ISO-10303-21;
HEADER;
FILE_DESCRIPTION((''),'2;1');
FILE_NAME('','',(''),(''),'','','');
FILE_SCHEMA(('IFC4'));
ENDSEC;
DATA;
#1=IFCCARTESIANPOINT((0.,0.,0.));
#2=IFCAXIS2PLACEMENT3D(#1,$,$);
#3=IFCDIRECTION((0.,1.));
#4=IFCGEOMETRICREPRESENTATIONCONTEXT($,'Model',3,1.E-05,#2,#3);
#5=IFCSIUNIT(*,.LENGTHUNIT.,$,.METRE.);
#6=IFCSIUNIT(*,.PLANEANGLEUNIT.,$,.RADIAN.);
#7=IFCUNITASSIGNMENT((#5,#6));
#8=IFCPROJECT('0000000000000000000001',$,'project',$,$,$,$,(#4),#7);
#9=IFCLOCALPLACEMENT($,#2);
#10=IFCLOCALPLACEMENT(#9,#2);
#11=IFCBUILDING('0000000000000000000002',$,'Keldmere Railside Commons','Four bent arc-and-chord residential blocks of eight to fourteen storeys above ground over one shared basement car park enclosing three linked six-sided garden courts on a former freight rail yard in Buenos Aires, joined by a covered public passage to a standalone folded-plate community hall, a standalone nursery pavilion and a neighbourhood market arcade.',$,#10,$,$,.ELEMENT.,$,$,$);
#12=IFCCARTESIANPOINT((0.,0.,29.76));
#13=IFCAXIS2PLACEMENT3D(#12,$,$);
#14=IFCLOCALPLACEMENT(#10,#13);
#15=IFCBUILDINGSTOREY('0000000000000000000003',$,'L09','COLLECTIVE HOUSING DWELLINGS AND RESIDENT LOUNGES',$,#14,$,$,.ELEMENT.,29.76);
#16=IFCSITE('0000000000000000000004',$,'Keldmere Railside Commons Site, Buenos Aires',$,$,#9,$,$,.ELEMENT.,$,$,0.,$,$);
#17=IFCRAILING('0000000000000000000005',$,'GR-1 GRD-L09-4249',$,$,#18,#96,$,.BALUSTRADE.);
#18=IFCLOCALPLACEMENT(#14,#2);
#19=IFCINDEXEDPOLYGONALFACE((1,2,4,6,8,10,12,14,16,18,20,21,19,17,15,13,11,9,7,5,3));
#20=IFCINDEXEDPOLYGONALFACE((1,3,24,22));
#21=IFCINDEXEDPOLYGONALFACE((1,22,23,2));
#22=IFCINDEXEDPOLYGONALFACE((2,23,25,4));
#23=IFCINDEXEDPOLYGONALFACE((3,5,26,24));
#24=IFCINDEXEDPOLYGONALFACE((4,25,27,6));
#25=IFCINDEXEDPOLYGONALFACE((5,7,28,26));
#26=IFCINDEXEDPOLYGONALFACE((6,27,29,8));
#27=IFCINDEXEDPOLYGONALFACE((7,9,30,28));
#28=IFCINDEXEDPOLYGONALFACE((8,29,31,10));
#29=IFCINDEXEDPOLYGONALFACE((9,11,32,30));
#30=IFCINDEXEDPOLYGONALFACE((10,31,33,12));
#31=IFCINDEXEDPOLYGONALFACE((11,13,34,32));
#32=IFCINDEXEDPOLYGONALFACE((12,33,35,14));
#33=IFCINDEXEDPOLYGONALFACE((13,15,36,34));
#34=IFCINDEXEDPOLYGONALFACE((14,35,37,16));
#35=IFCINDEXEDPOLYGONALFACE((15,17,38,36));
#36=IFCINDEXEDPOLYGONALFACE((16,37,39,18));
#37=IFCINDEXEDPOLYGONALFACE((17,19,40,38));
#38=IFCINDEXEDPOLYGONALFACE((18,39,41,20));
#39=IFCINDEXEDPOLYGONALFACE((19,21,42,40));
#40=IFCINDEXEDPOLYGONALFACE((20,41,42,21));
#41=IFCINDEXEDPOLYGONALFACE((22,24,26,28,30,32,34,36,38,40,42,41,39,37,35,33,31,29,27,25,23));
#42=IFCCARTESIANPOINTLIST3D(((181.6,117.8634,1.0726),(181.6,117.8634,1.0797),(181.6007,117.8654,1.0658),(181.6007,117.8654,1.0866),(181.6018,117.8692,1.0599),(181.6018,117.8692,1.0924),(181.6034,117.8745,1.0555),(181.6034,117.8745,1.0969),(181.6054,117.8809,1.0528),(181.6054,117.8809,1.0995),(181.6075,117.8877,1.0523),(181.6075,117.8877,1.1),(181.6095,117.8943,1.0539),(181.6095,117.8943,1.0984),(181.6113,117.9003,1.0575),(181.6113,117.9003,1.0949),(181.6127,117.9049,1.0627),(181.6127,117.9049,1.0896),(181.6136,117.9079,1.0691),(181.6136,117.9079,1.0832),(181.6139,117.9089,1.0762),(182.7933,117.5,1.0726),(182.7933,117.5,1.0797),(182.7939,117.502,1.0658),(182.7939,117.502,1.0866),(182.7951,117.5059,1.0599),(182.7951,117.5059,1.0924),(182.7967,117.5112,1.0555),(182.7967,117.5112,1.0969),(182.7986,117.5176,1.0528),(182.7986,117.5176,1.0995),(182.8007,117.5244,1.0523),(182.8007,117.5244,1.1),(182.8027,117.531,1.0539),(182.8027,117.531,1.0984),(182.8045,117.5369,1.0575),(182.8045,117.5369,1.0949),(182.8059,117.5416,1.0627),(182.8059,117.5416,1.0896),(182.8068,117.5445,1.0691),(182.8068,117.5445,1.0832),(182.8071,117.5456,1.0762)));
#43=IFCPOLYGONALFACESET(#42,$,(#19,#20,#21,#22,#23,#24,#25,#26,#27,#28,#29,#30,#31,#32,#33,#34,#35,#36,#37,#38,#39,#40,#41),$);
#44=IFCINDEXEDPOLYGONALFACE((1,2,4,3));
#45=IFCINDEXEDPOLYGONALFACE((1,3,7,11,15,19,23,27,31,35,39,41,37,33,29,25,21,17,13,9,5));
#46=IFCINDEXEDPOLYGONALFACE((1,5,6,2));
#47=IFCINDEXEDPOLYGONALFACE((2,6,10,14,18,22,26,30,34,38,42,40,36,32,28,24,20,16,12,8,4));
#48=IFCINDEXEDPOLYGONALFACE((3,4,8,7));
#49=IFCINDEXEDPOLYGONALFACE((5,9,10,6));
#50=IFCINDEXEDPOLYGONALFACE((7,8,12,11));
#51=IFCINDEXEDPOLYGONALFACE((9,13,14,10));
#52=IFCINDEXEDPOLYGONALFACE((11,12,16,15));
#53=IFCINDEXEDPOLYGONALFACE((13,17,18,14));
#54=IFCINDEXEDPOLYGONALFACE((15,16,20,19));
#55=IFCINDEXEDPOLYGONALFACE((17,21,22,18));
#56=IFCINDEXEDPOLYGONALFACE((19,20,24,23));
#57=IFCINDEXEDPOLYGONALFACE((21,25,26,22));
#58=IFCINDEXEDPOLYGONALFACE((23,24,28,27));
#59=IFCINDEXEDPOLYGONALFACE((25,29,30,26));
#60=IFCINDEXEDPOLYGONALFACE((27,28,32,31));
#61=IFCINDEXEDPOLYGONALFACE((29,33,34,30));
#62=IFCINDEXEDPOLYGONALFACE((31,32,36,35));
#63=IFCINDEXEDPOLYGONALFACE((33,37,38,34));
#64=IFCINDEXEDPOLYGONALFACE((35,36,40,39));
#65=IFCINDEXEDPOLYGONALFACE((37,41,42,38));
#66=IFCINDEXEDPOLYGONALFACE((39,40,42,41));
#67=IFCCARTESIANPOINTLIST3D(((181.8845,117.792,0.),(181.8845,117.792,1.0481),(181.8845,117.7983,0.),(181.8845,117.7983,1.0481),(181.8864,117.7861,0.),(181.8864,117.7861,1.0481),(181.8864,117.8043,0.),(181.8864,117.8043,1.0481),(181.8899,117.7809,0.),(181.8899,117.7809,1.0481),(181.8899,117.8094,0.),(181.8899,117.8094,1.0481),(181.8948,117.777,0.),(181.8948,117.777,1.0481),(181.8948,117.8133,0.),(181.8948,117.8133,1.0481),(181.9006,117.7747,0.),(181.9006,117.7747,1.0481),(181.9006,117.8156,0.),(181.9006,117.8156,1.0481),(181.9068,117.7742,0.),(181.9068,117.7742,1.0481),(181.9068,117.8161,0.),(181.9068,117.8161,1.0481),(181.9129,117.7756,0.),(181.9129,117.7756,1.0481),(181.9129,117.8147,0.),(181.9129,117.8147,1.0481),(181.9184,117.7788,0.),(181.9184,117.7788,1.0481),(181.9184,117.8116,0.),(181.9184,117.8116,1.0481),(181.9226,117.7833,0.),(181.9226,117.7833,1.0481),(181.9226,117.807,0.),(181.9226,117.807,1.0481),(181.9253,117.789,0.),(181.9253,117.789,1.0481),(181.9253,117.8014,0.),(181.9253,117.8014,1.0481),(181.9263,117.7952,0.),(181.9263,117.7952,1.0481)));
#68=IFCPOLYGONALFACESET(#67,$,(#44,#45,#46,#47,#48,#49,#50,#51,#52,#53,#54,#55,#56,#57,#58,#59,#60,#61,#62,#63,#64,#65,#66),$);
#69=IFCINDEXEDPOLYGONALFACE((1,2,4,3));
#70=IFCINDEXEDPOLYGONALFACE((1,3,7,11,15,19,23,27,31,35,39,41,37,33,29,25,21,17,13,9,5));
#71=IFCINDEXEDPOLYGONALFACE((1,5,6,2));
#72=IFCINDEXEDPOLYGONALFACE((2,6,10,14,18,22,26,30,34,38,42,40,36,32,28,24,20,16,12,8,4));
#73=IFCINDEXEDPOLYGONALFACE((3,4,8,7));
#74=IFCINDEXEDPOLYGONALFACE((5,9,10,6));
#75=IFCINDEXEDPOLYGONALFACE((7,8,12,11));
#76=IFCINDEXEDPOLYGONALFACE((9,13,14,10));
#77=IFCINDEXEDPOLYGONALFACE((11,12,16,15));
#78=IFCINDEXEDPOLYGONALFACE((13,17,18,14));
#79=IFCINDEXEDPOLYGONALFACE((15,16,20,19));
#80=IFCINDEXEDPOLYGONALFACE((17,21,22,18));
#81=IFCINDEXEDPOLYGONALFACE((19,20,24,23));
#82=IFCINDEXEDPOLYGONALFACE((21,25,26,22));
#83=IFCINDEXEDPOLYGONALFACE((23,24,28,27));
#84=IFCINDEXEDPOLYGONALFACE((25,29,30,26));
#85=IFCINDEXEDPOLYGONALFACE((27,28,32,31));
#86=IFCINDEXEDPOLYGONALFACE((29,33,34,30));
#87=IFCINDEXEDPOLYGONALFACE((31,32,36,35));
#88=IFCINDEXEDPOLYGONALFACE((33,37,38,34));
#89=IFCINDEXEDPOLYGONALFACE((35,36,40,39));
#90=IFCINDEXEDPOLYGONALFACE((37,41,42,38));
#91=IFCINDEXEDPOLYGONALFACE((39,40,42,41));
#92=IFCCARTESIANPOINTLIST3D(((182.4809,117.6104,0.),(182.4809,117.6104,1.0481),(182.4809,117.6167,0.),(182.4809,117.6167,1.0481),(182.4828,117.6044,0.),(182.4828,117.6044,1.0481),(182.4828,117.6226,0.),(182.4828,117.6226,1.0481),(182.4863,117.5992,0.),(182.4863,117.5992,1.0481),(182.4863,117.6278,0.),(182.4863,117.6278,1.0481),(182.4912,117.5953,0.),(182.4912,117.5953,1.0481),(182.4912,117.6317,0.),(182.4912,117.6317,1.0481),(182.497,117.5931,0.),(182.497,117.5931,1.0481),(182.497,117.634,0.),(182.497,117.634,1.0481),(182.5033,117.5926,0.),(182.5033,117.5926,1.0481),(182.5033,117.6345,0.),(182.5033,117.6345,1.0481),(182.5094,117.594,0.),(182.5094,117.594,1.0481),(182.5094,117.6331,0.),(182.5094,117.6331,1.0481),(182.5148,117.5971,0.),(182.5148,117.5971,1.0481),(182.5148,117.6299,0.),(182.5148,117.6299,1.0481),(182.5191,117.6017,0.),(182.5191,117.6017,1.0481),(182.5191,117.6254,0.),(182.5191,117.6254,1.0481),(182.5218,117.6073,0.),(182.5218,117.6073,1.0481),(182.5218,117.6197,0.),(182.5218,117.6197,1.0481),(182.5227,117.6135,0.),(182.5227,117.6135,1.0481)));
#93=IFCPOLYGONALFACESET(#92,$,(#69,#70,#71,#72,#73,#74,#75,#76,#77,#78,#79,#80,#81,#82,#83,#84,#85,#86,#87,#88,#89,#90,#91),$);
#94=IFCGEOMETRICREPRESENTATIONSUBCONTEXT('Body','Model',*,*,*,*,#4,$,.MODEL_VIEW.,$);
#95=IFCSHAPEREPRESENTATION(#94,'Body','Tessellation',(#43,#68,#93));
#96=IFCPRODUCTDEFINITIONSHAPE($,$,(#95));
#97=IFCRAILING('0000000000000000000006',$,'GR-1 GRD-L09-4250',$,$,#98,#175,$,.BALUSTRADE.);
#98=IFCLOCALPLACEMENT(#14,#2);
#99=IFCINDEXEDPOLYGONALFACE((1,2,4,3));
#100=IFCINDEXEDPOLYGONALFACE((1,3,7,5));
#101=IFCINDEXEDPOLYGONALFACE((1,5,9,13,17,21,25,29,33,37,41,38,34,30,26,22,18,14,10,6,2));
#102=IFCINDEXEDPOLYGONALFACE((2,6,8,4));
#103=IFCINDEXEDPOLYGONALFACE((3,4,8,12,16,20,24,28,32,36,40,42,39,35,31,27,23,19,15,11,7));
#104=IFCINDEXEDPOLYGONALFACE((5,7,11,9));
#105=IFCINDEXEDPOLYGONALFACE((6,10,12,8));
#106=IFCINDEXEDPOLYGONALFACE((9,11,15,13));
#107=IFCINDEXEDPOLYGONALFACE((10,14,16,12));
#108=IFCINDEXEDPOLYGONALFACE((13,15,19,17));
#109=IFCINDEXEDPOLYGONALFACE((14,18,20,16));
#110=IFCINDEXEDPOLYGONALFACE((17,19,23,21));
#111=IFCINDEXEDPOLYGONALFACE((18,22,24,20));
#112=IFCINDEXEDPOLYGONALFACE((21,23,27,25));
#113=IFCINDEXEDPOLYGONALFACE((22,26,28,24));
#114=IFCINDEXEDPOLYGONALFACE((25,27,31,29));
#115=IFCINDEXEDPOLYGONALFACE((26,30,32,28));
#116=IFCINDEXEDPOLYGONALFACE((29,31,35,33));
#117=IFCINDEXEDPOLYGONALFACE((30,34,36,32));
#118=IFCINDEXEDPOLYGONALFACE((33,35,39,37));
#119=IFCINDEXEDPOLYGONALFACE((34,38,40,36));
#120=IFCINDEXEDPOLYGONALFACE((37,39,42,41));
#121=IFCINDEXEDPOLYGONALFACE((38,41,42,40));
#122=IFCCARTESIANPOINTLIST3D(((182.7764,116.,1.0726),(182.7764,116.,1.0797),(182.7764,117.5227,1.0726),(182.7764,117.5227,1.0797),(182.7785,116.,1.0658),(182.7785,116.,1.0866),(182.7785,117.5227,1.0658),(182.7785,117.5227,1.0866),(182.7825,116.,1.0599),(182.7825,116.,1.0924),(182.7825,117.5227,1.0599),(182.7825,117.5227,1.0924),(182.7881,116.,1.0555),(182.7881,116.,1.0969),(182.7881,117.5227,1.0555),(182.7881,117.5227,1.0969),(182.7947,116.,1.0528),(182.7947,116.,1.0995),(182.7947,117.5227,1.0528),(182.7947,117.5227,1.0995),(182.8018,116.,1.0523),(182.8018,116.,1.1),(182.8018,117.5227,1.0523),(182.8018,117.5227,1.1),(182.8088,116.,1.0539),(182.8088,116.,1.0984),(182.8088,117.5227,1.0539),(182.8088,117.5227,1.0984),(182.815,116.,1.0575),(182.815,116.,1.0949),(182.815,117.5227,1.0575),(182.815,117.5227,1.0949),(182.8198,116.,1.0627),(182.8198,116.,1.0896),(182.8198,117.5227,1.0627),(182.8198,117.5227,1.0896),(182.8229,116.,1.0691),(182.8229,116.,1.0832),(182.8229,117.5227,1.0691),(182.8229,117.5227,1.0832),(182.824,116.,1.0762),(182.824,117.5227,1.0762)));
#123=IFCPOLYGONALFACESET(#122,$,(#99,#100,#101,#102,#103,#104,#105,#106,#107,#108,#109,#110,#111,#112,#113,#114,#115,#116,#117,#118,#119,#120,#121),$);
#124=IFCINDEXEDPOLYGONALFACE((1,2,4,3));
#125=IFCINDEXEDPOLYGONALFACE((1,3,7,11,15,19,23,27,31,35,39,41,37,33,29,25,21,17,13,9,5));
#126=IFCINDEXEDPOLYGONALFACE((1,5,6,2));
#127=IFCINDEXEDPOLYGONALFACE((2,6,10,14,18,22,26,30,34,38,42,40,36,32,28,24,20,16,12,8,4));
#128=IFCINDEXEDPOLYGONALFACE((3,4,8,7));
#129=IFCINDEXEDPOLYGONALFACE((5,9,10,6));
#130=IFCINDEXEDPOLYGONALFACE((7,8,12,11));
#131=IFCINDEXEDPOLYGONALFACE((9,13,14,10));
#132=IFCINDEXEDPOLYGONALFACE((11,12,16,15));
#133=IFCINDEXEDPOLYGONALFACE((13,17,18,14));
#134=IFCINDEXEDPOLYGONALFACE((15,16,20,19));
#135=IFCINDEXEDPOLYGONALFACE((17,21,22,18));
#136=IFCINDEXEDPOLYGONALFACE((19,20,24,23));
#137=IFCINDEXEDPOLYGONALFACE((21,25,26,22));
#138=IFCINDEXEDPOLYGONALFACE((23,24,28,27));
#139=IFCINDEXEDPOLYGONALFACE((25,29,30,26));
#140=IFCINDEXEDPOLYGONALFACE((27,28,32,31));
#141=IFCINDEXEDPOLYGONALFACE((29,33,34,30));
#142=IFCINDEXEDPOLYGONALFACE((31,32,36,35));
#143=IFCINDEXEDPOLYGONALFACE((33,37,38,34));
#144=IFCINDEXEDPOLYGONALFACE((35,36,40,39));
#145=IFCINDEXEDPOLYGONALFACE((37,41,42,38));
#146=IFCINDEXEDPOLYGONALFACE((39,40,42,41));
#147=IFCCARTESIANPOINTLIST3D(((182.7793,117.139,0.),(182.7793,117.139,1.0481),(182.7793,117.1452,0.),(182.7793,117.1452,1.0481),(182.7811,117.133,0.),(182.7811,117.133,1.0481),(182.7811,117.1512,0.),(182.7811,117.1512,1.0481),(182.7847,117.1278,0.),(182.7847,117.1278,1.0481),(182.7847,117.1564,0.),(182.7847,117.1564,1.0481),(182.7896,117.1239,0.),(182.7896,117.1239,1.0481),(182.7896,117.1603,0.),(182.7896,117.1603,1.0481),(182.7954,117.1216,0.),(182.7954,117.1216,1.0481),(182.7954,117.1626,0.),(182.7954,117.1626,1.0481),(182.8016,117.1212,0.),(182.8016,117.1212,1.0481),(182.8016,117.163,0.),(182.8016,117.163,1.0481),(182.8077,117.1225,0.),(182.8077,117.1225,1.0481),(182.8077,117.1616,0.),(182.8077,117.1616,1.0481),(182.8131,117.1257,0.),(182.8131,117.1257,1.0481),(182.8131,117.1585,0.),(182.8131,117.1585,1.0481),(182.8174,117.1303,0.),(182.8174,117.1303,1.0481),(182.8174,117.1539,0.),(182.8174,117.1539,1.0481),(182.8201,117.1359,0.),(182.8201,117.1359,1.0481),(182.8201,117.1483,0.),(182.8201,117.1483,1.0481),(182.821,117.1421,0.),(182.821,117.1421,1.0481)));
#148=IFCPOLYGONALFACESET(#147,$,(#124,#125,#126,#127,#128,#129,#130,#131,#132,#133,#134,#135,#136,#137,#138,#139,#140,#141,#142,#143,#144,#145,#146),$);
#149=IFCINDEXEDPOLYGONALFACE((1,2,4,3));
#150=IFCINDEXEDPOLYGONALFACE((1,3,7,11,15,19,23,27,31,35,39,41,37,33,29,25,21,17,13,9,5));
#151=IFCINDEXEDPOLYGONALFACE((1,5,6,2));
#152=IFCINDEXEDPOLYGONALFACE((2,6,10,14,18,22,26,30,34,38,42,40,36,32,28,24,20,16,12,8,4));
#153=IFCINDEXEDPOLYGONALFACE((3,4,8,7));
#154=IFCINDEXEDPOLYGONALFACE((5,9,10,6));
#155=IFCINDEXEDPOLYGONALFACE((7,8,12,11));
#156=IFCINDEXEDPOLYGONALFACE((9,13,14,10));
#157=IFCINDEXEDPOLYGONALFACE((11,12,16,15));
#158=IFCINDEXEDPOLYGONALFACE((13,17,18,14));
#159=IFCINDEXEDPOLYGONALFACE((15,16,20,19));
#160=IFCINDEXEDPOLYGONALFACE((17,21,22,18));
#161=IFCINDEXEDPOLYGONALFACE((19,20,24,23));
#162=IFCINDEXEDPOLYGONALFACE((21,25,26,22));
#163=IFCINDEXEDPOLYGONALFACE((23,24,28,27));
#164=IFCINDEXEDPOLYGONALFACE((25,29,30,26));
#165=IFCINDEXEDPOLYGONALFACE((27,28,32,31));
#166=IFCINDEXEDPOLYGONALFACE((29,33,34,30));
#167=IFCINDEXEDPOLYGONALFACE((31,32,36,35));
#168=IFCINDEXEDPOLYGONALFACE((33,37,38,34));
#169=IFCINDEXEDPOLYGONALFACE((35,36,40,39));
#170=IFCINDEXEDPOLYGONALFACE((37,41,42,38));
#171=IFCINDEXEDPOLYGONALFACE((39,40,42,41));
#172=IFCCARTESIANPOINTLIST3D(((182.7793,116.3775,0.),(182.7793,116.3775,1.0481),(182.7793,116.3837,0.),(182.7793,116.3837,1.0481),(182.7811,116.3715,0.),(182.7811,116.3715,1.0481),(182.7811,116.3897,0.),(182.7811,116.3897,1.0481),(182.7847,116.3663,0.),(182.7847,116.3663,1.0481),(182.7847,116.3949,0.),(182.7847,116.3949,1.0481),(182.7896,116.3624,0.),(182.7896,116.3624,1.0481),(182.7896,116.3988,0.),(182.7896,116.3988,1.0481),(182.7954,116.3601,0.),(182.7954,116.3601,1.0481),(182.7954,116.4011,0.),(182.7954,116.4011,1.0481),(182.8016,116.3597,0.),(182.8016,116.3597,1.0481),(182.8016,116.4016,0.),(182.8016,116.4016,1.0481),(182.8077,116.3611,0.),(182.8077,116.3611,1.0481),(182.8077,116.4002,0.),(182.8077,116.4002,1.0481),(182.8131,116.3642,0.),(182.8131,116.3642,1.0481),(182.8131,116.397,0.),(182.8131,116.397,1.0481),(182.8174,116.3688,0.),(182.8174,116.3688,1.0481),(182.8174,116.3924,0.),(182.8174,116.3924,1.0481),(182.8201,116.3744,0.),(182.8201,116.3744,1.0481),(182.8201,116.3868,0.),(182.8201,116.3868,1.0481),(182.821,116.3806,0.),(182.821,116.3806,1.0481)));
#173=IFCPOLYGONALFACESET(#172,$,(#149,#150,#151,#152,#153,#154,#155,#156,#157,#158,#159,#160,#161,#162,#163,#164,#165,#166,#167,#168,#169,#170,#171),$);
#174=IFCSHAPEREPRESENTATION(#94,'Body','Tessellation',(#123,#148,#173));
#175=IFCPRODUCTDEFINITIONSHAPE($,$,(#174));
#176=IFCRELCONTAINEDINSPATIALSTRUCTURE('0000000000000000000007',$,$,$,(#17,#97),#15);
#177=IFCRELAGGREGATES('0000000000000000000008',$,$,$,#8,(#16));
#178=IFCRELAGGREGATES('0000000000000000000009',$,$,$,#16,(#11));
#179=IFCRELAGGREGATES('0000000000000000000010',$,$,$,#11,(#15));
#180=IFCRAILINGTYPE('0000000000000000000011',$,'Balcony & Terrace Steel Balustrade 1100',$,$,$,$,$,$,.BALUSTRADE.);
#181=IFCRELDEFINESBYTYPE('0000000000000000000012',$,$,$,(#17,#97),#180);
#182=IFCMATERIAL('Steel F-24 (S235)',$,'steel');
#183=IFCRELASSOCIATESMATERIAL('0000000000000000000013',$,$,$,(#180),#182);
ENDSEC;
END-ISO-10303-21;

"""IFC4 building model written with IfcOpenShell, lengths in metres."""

from ifc_helpers import new_model, si_unit, direction, frame, origin, origin_2d, place, context, subcontext, project, spatial, circle, extrude, material, type_object, element, save


model = new_model("IFC4")

# Units and contexts
model_context = context("Model", 3, precision=1e-05, world=origin(), true_north=direction((0.0, 1.0)))
body_context = subcontext(model_context, "Body", "Model", "MODEL_VIEW")
ifc_project = project(units=[si_unit("LENGTHUNIT", "METRE"), si_unit("PLANEANGLEUNIT", "RADIAN")], contexts=[model_context])

# Site, building, storey
site_placement = place(None, origin())
site = spatial("IfcSite", under=ifc_project, at=site_placement, Name="Keldmere Railside Commons Site, Buenos Aires", CompositionType="ELEMENT", RefElevation=0.0)
building_placement = place(site_placement, origin())
building = spatial("IfcBuilding", under=site, at=building_placement, Name="Keldmere Railside Commons", Description="Four bent arc-and-chord residential blocks of eight to fourteen storeys above ground over one shared basement car park enclosing three linked six-sided garden courts on a former freight rail yard in Buenos Aires, joined by a covered public passage to a standalone folded-plate community hall, a standalone nursery pavilion and a neighbourhood market arcade.", CompositionType="ELEMENT")
storey_placement = place(building_placement, frame((0.0, 0.0, 29.76)))
storey = spatial("IfcBuildingStorey", under=building, at=storey_placement, Name="L09", Description="COLLECTIVE HOUSING DWELLINGS AND RESIDENT LOUNGES", CompositionType="ELEMENT", Elevation=29.76)

# Railings
ifc_material_1 = material(Name="Steel F-24 (S235)", Category="steel")
railing_type = type_object("IfcRailingType", Name="Balcony & Terrace Steel Balustrade 1100", PredefinedType="BALUSTRADE", material=ifc_material_1)
railing_1_placement = place(storey_placement, frame((181.6069, 117.886, 0.0)))
element("IfcRailing", 1, at=railing_1_placement, inside=storey, type_object=railing_type, Name="GR-1 GRD-L09-4249", PredefinedType="BALUSTRADE", context=body_context, shape_type="SweptSolid", body=[
    extrude(circle(Radius=0.0239, at=origin_2d()), frame((0.0, 0.0, 1.0762), z_axis=(0.956638, -0.291278, 0.0), x_axis=(0.291278, 0.956638, 0.0)), (0.0, 0.0, 1.0), 1.2473),
    extrude(circle(Radius=0.021, at=origin_2d()), frame((0.2983, -0.0908, 0.0)), (0.0, 0.0, 1.0), 1.0481),
    extrude(circle(Radius=0.021, at=origin_2d()), frame((0.8948, -0.2725, 0.0)), (0.0, 0.0, 1.0), 1.0481),
])
railing_2_placement = place(storey_placement, frame((182.8, 117.5227, 0.0)))
element("IfcRailing", 2, at=railing_2_placement, inside=storey, type_object=railing_type, Name="GR-1 GRD-L09-4250", PredefinedType="BALUSTRADE", context=body_context, shape_type="SweptSolid", body=[
    extrude(circle(Radius=0.0239, at=origin_2d()), frame((0.0, 0.0, 1.0762), z_axis=(0.0, -1.0, 0.0), x_axis=(1.0, 0.0, 0.0)), (0.0, 0.0, 1.0), 1.5227),
    extrude(circle(Radius=0.021, at=origin_2d()), frame((0.0, -0.3806, 0.0)), (0.0, 0.0, 1.0), 1.0481),
    extrude(circle(Radius=0.021, at=origin_2d()), frame((0.0, -1.1421, 0.0)), (0.0, 0.0, 1.0), 1.0481),
])

save(model, "model.ifc")
